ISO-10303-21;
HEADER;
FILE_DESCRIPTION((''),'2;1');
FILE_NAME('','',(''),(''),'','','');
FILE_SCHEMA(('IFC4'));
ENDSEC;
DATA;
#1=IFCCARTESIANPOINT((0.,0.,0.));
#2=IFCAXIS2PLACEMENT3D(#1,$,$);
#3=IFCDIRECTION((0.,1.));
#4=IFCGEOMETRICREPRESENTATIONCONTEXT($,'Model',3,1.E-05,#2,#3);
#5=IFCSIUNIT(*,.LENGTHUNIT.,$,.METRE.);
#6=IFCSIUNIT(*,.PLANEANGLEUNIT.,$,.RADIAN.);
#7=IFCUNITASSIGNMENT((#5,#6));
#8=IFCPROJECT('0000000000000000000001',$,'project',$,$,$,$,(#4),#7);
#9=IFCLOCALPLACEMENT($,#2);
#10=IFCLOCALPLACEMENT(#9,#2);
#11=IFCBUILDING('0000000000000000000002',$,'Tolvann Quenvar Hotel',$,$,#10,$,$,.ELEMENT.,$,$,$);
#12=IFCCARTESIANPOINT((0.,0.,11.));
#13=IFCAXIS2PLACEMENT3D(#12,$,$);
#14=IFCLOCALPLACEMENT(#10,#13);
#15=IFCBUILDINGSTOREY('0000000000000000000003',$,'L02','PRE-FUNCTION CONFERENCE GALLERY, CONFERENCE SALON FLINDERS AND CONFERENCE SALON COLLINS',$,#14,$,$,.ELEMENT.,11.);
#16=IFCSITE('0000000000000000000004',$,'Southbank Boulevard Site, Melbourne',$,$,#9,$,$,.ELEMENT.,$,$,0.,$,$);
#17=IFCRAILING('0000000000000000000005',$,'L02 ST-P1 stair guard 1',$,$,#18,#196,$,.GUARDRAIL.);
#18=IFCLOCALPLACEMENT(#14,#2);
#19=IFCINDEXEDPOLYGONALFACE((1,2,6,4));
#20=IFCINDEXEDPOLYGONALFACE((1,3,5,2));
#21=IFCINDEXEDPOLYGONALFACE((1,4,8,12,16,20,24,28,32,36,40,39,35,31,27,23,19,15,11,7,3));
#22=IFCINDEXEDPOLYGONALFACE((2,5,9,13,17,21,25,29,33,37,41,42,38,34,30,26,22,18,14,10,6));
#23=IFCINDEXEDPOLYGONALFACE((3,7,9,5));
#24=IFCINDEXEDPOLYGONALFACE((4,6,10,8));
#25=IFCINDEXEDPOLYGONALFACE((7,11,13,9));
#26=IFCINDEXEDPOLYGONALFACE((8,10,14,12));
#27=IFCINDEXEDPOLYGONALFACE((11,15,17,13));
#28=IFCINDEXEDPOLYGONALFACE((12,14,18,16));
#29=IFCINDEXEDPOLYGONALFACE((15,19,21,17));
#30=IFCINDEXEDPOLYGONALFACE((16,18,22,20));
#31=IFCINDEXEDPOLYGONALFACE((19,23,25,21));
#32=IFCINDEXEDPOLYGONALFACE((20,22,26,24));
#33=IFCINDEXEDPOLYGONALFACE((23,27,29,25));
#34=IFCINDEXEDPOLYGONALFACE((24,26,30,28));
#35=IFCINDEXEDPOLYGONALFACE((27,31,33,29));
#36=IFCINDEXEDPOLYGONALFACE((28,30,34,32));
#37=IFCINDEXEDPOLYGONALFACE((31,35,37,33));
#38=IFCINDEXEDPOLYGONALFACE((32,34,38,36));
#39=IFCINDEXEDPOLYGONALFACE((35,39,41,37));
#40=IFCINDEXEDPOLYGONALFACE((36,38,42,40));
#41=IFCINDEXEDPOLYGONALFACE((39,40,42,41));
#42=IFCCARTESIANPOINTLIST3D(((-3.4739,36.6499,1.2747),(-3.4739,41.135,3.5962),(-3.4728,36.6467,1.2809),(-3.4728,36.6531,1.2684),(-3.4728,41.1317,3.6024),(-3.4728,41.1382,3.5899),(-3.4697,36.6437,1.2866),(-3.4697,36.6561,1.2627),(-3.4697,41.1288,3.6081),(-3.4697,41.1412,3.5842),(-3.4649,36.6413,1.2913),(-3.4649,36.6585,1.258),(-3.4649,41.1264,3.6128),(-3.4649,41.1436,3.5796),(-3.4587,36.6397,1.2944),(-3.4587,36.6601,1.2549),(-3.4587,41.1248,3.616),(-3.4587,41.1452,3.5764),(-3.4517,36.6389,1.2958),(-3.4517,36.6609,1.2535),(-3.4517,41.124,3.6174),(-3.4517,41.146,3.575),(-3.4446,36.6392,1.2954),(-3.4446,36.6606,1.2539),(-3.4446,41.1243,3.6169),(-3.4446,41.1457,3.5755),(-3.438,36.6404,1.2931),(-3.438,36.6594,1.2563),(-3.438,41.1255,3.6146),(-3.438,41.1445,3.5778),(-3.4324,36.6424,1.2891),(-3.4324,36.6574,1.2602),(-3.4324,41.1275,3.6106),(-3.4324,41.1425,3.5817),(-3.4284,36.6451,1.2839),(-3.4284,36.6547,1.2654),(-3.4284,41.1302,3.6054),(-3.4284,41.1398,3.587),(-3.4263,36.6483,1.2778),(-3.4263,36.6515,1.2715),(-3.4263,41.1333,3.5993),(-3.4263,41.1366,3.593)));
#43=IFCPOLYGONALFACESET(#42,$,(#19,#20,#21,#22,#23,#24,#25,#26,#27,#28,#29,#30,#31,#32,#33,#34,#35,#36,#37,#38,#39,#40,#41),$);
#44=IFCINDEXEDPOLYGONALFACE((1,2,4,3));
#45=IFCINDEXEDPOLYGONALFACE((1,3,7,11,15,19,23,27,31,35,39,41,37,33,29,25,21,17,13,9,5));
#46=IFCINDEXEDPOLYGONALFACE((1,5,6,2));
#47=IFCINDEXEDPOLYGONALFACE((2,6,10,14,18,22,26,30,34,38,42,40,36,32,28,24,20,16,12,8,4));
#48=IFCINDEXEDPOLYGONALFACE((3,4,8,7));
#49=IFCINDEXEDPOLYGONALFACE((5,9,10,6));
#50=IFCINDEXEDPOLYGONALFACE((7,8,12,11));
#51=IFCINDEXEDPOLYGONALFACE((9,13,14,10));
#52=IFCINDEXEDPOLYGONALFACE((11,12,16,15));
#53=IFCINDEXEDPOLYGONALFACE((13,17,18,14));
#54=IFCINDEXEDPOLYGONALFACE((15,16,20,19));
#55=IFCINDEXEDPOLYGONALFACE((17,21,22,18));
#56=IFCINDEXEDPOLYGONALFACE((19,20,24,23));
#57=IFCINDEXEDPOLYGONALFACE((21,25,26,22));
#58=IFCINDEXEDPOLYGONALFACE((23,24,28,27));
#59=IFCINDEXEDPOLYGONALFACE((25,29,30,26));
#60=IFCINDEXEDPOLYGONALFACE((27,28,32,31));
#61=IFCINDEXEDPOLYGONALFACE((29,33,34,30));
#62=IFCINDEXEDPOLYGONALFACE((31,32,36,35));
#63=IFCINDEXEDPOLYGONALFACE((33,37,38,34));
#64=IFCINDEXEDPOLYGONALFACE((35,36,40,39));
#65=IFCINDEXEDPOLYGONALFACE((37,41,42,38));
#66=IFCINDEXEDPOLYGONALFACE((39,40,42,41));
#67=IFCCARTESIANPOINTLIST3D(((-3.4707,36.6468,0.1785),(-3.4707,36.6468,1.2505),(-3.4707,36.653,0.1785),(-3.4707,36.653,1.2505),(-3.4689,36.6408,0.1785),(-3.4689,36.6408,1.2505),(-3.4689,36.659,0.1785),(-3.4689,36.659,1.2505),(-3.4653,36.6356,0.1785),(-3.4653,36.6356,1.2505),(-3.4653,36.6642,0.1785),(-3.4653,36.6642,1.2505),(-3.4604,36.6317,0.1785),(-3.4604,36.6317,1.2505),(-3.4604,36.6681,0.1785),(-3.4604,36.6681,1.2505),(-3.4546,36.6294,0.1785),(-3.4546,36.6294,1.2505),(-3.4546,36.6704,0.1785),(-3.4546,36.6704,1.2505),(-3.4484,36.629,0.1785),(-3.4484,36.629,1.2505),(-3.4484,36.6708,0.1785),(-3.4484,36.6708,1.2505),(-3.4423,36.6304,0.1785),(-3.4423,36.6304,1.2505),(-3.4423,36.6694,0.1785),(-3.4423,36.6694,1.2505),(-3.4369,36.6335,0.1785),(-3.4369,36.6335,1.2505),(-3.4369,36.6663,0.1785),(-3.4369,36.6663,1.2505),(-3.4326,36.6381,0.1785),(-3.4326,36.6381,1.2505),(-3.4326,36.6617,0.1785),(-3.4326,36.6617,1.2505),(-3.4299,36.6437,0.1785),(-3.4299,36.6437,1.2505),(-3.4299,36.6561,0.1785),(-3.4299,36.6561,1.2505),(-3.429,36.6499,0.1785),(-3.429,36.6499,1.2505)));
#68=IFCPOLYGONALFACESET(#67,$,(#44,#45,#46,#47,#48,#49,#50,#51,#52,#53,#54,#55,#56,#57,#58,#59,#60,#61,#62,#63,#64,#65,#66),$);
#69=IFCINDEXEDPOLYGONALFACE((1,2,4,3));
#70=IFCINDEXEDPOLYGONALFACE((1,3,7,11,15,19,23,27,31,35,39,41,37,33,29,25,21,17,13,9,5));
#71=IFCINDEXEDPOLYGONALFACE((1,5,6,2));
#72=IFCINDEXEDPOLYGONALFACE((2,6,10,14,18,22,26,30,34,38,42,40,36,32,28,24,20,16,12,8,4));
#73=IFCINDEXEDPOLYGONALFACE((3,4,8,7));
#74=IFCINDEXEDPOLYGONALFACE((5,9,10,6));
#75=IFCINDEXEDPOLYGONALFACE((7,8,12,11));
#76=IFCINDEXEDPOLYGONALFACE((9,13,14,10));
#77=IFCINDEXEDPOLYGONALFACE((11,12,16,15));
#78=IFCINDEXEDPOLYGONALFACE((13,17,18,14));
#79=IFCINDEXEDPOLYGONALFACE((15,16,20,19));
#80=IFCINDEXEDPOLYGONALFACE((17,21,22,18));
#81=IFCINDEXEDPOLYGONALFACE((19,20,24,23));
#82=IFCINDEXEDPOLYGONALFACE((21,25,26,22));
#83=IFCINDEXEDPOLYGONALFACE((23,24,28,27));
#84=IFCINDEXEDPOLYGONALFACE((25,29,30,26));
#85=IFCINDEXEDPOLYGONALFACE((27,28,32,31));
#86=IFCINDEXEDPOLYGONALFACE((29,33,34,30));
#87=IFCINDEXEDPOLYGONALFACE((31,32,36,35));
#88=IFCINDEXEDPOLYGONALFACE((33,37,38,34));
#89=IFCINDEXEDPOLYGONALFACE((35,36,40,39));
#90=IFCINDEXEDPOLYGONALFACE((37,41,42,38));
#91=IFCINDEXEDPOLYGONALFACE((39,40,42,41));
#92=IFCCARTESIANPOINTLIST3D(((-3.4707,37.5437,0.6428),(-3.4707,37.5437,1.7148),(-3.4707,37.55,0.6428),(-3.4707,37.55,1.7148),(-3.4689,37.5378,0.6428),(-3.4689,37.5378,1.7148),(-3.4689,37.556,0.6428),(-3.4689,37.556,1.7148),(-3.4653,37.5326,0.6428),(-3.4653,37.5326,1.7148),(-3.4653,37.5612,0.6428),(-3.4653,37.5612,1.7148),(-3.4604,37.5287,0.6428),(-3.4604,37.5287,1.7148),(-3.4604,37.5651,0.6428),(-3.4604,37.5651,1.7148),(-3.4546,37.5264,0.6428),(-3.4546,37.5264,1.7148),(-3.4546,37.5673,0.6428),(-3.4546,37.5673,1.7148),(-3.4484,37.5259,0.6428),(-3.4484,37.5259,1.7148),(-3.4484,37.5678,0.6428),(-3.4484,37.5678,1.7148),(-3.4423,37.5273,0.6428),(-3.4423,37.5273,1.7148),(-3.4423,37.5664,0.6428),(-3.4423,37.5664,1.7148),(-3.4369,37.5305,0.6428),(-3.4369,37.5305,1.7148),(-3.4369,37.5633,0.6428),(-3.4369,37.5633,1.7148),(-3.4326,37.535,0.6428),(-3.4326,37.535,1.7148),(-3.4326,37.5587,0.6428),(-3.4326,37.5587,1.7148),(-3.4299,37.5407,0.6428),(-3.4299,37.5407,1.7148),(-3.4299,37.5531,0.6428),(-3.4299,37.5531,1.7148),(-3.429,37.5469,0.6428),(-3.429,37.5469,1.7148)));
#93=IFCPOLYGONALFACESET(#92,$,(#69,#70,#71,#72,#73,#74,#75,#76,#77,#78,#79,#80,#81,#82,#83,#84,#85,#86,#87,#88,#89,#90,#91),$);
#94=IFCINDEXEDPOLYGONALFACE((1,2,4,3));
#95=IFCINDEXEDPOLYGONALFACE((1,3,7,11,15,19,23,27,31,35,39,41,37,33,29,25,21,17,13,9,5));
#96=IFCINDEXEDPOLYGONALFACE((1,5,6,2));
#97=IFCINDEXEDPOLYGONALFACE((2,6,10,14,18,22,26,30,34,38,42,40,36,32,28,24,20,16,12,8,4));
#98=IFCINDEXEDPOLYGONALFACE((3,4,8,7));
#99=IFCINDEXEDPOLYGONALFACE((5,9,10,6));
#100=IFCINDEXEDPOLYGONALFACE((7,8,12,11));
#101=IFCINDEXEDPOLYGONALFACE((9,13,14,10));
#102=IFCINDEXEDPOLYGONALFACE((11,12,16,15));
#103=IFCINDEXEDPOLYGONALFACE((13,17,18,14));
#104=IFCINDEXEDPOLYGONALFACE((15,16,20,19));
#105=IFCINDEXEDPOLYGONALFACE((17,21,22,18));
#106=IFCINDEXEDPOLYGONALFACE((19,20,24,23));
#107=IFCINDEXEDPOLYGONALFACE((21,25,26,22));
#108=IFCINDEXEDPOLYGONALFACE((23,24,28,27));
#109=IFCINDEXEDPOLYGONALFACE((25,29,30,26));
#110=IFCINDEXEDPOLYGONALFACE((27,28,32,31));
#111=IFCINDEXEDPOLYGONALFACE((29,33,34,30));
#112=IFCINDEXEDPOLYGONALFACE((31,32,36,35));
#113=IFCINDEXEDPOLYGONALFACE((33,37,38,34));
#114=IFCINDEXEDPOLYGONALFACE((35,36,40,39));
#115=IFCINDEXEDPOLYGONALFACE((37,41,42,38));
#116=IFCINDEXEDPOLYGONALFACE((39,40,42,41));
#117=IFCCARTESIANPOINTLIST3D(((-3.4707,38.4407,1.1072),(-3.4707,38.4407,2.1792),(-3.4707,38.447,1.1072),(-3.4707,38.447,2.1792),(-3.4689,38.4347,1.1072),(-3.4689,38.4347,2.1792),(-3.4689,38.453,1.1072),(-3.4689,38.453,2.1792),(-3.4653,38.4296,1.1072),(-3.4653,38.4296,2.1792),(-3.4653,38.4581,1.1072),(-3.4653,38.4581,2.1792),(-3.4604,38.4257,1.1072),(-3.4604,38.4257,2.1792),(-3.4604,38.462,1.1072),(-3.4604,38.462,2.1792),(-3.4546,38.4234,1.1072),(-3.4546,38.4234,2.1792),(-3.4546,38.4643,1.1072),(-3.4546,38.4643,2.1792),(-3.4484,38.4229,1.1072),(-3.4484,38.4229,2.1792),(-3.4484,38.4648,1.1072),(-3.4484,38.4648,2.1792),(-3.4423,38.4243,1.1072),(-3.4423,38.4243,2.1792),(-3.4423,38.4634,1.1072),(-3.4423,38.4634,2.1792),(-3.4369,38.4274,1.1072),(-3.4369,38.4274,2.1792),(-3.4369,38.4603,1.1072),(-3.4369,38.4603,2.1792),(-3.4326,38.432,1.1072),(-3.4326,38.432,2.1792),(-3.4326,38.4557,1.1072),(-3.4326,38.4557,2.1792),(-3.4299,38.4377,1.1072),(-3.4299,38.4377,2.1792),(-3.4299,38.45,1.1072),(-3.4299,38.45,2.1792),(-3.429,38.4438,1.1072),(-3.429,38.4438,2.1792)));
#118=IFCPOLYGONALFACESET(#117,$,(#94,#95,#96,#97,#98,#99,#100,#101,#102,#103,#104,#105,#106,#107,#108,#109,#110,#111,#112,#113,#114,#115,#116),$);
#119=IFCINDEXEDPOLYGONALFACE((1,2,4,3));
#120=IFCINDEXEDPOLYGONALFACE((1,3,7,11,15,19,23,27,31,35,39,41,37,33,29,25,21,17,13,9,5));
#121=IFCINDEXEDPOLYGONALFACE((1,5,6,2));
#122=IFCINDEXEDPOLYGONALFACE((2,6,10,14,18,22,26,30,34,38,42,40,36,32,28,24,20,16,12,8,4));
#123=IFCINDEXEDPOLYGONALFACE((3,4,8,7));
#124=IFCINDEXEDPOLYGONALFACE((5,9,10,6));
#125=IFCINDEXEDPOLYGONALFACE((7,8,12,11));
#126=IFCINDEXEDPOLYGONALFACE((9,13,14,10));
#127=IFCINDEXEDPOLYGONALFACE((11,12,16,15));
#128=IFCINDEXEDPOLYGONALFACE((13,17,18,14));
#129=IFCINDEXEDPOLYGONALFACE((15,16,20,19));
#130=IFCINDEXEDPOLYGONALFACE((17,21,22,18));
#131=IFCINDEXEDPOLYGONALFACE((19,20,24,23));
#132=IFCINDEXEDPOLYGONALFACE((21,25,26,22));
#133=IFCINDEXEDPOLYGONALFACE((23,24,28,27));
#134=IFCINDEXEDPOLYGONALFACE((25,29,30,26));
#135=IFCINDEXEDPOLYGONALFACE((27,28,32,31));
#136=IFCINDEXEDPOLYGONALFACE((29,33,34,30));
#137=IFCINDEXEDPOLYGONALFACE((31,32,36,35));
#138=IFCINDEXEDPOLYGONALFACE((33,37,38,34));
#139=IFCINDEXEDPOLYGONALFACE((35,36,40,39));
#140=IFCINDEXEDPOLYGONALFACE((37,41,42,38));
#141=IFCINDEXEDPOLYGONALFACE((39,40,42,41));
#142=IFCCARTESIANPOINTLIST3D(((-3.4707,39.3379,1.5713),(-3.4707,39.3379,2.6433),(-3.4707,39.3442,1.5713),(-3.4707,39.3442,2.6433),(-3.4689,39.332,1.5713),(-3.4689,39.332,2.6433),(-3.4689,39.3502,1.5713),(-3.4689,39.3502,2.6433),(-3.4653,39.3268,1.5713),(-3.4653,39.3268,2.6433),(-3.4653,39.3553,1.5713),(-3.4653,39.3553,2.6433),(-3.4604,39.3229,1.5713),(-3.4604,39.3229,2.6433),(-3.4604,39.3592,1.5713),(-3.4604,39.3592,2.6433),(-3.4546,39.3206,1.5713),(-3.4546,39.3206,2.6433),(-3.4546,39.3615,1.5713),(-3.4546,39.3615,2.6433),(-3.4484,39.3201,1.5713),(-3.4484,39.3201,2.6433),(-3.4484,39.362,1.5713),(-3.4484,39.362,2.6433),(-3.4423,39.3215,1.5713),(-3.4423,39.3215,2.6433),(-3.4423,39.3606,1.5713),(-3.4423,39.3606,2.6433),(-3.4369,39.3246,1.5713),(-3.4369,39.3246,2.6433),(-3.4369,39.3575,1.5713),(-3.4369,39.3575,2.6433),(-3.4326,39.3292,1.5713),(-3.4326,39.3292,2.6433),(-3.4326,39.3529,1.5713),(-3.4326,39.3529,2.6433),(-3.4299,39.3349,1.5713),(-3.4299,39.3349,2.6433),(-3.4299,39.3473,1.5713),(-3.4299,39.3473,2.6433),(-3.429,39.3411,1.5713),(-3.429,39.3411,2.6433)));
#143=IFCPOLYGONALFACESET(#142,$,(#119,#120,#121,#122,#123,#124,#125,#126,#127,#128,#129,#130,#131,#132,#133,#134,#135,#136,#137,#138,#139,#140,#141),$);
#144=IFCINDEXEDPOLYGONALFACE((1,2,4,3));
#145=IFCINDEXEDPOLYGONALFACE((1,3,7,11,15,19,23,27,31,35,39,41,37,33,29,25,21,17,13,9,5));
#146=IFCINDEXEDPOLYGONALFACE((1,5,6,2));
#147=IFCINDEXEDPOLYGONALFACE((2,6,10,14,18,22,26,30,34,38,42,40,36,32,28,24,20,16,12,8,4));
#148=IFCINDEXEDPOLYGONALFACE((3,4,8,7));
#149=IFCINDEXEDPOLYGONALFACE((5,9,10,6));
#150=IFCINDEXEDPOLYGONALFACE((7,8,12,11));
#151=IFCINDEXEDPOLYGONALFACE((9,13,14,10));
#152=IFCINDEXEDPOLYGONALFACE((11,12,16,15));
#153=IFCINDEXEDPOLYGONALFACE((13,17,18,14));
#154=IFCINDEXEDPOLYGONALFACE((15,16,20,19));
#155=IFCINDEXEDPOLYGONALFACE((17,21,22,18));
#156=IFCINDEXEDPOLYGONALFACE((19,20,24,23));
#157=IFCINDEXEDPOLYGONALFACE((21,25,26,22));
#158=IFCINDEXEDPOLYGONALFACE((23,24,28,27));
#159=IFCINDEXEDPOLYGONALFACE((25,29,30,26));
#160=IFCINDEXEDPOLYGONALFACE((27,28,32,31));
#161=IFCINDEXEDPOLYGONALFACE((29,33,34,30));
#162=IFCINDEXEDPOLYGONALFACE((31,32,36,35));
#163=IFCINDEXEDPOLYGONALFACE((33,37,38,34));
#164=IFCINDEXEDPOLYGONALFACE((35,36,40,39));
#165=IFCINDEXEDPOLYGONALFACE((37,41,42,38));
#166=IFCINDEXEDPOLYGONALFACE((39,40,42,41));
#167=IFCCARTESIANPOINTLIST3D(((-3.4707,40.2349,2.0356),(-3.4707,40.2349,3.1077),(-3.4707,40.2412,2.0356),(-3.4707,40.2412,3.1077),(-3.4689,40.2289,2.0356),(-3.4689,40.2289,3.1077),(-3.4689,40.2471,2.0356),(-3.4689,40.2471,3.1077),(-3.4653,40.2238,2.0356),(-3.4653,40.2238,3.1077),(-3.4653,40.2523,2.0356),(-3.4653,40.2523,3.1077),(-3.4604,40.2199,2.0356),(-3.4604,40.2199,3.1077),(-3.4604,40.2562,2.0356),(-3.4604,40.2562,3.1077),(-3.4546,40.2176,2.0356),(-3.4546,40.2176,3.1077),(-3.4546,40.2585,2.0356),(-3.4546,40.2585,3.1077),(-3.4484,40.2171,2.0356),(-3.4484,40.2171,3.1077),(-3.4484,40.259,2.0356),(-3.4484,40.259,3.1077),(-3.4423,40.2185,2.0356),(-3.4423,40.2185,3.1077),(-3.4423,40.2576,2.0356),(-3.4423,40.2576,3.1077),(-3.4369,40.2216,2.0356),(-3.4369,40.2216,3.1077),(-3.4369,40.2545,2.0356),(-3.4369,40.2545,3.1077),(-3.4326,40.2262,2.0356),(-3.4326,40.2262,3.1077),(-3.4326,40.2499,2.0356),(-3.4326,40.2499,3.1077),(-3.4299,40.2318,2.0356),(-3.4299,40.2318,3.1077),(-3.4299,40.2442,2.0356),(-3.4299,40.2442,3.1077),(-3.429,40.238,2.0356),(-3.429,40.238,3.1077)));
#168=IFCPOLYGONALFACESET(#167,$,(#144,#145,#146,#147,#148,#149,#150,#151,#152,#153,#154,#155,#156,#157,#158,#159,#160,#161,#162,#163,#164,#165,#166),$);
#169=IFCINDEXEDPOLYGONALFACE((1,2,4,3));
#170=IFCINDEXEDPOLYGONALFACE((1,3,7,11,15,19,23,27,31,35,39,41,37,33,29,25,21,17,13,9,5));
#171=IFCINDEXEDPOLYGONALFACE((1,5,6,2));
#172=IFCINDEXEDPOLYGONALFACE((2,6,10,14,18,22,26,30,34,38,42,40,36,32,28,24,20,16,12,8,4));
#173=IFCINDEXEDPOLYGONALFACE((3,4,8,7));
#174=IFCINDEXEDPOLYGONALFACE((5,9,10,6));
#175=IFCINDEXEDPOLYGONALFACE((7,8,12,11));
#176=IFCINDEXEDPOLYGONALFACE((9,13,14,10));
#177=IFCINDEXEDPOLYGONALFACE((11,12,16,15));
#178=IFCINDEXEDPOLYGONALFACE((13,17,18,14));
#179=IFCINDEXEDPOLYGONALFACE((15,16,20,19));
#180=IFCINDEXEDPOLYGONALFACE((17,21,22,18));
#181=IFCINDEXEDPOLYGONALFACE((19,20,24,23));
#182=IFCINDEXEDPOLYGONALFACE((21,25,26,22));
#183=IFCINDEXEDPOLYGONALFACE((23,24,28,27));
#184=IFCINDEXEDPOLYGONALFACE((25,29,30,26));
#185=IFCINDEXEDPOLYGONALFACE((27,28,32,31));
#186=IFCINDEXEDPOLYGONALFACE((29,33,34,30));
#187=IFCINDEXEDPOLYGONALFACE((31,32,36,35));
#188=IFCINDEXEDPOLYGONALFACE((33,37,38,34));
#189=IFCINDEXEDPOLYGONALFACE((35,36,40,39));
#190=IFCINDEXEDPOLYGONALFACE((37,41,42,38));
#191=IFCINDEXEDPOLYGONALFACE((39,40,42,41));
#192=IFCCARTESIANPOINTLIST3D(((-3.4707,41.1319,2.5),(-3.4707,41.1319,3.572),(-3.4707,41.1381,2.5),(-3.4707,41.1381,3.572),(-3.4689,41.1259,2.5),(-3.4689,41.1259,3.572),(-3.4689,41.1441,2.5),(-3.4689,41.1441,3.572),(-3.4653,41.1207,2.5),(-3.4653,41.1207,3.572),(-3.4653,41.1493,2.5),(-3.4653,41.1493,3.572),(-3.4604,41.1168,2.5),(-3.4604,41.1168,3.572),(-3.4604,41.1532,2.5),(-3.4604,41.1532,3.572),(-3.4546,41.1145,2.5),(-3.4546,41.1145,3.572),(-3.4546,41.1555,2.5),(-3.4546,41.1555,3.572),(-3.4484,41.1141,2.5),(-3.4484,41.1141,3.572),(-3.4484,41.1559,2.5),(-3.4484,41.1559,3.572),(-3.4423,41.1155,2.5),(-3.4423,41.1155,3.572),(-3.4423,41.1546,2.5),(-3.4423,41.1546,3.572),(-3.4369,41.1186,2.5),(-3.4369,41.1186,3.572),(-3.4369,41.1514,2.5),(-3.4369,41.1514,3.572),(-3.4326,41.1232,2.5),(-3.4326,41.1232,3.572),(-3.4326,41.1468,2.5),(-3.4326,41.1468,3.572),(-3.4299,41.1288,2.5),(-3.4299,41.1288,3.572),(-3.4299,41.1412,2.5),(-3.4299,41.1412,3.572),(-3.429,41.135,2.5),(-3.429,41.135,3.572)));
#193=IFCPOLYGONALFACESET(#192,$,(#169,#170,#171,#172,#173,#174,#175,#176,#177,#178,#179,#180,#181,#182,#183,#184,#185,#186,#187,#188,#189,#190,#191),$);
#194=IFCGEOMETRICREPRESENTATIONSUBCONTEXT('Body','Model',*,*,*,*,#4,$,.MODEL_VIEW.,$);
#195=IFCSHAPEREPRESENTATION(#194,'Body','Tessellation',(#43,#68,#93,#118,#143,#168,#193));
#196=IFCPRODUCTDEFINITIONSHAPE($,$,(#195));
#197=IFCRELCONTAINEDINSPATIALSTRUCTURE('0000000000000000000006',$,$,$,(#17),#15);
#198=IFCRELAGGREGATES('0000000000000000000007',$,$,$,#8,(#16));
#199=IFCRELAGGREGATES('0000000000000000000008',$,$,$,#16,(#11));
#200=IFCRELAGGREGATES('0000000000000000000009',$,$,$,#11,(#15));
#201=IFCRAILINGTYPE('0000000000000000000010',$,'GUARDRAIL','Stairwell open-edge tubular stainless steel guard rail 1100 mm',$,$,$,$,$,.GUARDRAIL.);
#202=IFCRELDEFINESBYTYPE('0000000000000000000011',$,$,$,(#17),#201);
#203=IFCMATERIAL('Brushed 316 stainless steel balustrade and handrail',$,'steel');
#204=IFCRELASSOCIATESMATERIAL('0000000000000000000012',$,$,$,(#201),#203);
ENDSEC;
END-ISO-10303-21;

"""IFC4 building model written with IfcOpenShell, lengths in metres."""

from ifc_helpers import new_model, si_unit, direction, frame, origin, origin_2d, place, context, subcontext, project, spatial, circle, extrude, material, type_object, element, save


model = new_model("IFC4")

# Units and contexts
model_context = context("Model", 3, precision=1e-05, world=origin(), true_north=direction((0.0, 1.0)))
body_context = subcontext(model_context, "Body", "Model", "MODEL_VIEW")
ifc_project = project(units=[si_unit("LENGTHUNIT", "METRE"), si_unit("PLANEANGLEUNIT", "RADIAN")], contexts=[model_context])

# Site, building, storey
site_placement = place(None, origin())
site = spatial("IfcSite", under=ifc_project, at=site_placement, Name="Southbank Boulevard Site, Melbourne", CompositionType="ELEMENT", RefElevation=0.0)
building_placement = place(site_placement, origin())
building = spatial("IfcBuilding", under=site, at=building_placement, Name="Tolvann Quenvar Hotel", CompositionType="ELEMENT")
storey_placement = place(building_placement, frame((0.0, 0.0, 11.0)))
storey = spatial("IfcBuildingStorey", under=building, at=storey_placement, Name="L02", Description="PRE-FUNCTION CONFERENCE GALLERY, CONFERENCE SALON FLINDERS AND CONFERENCE SALON COLLINS", CompositionType="ELEMENT", Elevation=11.0)

# Railing
ifc_material_1 = material(Name="Brushed 316 stainless steel balustrade and handrail", Category="steel")
railing_type_1 = type_object("IfcRailingType", Name="GUARDRAIL", Description="Stairwell open-edge tubular stainless steel guard rail 1100 mm", PredefinedType="GUARDRAIL", material=ifc_material_1)
railing_1_placement = place(storey_placement, frame((-3.45, 36.6499, 0.1785)))
element("IfcRailing", 1, at=railing_1_placement, inside=storey, type_object=railing_type_1, Name="L02 ST-P1 stair guard 1", PredefinedType="GUARDRAIL", context=body_context, shape_type="SweptSolid", body=[
    extrude(circle(Radius=0.0239, at=origin_2d()), frame((0.0, 0.0, 1.0962), z_axis=(0.0, 0.888084, 0.459681), x_axis=(-1.0, 0.0, 0.0)), (0.0, 0.0, 1.0), 5.0503),
    extrude(circle(Radius=0.021, at=origin_2d()), origin(), (0.0, 0.0, 1.0), 1.072),
    extrude(circle(Radius=0.021, at=origin_2d()), frame((0.0, 0.897, 0.4644)), (0.0, 0.0, 1.0), 1.072),
    extrude(circle(Radius=0.021, at=origin_2d()), frame((0.0, 1.7939, 0.9287)), (0.0, 0.0, 1.0), 1.072),
    extrude(circle(Radius=0.021, at=origin_2d()), frame((0.0, 2.6912, 1.3928)), (0.0, 0.0, 1.0), 1.072),
    extrude(circle(Radius=0.021, at=origin_2d()), frame((0.0, 3.5881, 1.8572)), (0.0, 0.0, 1.0), 1.072),
    extrude(circle(Radius=0.021, at=origin_2d()), frame((0.0, 4.4851, 2.3215)), (0.0, 0.0, 1.0), 1.072),
])

save(model, "model.ifc")
